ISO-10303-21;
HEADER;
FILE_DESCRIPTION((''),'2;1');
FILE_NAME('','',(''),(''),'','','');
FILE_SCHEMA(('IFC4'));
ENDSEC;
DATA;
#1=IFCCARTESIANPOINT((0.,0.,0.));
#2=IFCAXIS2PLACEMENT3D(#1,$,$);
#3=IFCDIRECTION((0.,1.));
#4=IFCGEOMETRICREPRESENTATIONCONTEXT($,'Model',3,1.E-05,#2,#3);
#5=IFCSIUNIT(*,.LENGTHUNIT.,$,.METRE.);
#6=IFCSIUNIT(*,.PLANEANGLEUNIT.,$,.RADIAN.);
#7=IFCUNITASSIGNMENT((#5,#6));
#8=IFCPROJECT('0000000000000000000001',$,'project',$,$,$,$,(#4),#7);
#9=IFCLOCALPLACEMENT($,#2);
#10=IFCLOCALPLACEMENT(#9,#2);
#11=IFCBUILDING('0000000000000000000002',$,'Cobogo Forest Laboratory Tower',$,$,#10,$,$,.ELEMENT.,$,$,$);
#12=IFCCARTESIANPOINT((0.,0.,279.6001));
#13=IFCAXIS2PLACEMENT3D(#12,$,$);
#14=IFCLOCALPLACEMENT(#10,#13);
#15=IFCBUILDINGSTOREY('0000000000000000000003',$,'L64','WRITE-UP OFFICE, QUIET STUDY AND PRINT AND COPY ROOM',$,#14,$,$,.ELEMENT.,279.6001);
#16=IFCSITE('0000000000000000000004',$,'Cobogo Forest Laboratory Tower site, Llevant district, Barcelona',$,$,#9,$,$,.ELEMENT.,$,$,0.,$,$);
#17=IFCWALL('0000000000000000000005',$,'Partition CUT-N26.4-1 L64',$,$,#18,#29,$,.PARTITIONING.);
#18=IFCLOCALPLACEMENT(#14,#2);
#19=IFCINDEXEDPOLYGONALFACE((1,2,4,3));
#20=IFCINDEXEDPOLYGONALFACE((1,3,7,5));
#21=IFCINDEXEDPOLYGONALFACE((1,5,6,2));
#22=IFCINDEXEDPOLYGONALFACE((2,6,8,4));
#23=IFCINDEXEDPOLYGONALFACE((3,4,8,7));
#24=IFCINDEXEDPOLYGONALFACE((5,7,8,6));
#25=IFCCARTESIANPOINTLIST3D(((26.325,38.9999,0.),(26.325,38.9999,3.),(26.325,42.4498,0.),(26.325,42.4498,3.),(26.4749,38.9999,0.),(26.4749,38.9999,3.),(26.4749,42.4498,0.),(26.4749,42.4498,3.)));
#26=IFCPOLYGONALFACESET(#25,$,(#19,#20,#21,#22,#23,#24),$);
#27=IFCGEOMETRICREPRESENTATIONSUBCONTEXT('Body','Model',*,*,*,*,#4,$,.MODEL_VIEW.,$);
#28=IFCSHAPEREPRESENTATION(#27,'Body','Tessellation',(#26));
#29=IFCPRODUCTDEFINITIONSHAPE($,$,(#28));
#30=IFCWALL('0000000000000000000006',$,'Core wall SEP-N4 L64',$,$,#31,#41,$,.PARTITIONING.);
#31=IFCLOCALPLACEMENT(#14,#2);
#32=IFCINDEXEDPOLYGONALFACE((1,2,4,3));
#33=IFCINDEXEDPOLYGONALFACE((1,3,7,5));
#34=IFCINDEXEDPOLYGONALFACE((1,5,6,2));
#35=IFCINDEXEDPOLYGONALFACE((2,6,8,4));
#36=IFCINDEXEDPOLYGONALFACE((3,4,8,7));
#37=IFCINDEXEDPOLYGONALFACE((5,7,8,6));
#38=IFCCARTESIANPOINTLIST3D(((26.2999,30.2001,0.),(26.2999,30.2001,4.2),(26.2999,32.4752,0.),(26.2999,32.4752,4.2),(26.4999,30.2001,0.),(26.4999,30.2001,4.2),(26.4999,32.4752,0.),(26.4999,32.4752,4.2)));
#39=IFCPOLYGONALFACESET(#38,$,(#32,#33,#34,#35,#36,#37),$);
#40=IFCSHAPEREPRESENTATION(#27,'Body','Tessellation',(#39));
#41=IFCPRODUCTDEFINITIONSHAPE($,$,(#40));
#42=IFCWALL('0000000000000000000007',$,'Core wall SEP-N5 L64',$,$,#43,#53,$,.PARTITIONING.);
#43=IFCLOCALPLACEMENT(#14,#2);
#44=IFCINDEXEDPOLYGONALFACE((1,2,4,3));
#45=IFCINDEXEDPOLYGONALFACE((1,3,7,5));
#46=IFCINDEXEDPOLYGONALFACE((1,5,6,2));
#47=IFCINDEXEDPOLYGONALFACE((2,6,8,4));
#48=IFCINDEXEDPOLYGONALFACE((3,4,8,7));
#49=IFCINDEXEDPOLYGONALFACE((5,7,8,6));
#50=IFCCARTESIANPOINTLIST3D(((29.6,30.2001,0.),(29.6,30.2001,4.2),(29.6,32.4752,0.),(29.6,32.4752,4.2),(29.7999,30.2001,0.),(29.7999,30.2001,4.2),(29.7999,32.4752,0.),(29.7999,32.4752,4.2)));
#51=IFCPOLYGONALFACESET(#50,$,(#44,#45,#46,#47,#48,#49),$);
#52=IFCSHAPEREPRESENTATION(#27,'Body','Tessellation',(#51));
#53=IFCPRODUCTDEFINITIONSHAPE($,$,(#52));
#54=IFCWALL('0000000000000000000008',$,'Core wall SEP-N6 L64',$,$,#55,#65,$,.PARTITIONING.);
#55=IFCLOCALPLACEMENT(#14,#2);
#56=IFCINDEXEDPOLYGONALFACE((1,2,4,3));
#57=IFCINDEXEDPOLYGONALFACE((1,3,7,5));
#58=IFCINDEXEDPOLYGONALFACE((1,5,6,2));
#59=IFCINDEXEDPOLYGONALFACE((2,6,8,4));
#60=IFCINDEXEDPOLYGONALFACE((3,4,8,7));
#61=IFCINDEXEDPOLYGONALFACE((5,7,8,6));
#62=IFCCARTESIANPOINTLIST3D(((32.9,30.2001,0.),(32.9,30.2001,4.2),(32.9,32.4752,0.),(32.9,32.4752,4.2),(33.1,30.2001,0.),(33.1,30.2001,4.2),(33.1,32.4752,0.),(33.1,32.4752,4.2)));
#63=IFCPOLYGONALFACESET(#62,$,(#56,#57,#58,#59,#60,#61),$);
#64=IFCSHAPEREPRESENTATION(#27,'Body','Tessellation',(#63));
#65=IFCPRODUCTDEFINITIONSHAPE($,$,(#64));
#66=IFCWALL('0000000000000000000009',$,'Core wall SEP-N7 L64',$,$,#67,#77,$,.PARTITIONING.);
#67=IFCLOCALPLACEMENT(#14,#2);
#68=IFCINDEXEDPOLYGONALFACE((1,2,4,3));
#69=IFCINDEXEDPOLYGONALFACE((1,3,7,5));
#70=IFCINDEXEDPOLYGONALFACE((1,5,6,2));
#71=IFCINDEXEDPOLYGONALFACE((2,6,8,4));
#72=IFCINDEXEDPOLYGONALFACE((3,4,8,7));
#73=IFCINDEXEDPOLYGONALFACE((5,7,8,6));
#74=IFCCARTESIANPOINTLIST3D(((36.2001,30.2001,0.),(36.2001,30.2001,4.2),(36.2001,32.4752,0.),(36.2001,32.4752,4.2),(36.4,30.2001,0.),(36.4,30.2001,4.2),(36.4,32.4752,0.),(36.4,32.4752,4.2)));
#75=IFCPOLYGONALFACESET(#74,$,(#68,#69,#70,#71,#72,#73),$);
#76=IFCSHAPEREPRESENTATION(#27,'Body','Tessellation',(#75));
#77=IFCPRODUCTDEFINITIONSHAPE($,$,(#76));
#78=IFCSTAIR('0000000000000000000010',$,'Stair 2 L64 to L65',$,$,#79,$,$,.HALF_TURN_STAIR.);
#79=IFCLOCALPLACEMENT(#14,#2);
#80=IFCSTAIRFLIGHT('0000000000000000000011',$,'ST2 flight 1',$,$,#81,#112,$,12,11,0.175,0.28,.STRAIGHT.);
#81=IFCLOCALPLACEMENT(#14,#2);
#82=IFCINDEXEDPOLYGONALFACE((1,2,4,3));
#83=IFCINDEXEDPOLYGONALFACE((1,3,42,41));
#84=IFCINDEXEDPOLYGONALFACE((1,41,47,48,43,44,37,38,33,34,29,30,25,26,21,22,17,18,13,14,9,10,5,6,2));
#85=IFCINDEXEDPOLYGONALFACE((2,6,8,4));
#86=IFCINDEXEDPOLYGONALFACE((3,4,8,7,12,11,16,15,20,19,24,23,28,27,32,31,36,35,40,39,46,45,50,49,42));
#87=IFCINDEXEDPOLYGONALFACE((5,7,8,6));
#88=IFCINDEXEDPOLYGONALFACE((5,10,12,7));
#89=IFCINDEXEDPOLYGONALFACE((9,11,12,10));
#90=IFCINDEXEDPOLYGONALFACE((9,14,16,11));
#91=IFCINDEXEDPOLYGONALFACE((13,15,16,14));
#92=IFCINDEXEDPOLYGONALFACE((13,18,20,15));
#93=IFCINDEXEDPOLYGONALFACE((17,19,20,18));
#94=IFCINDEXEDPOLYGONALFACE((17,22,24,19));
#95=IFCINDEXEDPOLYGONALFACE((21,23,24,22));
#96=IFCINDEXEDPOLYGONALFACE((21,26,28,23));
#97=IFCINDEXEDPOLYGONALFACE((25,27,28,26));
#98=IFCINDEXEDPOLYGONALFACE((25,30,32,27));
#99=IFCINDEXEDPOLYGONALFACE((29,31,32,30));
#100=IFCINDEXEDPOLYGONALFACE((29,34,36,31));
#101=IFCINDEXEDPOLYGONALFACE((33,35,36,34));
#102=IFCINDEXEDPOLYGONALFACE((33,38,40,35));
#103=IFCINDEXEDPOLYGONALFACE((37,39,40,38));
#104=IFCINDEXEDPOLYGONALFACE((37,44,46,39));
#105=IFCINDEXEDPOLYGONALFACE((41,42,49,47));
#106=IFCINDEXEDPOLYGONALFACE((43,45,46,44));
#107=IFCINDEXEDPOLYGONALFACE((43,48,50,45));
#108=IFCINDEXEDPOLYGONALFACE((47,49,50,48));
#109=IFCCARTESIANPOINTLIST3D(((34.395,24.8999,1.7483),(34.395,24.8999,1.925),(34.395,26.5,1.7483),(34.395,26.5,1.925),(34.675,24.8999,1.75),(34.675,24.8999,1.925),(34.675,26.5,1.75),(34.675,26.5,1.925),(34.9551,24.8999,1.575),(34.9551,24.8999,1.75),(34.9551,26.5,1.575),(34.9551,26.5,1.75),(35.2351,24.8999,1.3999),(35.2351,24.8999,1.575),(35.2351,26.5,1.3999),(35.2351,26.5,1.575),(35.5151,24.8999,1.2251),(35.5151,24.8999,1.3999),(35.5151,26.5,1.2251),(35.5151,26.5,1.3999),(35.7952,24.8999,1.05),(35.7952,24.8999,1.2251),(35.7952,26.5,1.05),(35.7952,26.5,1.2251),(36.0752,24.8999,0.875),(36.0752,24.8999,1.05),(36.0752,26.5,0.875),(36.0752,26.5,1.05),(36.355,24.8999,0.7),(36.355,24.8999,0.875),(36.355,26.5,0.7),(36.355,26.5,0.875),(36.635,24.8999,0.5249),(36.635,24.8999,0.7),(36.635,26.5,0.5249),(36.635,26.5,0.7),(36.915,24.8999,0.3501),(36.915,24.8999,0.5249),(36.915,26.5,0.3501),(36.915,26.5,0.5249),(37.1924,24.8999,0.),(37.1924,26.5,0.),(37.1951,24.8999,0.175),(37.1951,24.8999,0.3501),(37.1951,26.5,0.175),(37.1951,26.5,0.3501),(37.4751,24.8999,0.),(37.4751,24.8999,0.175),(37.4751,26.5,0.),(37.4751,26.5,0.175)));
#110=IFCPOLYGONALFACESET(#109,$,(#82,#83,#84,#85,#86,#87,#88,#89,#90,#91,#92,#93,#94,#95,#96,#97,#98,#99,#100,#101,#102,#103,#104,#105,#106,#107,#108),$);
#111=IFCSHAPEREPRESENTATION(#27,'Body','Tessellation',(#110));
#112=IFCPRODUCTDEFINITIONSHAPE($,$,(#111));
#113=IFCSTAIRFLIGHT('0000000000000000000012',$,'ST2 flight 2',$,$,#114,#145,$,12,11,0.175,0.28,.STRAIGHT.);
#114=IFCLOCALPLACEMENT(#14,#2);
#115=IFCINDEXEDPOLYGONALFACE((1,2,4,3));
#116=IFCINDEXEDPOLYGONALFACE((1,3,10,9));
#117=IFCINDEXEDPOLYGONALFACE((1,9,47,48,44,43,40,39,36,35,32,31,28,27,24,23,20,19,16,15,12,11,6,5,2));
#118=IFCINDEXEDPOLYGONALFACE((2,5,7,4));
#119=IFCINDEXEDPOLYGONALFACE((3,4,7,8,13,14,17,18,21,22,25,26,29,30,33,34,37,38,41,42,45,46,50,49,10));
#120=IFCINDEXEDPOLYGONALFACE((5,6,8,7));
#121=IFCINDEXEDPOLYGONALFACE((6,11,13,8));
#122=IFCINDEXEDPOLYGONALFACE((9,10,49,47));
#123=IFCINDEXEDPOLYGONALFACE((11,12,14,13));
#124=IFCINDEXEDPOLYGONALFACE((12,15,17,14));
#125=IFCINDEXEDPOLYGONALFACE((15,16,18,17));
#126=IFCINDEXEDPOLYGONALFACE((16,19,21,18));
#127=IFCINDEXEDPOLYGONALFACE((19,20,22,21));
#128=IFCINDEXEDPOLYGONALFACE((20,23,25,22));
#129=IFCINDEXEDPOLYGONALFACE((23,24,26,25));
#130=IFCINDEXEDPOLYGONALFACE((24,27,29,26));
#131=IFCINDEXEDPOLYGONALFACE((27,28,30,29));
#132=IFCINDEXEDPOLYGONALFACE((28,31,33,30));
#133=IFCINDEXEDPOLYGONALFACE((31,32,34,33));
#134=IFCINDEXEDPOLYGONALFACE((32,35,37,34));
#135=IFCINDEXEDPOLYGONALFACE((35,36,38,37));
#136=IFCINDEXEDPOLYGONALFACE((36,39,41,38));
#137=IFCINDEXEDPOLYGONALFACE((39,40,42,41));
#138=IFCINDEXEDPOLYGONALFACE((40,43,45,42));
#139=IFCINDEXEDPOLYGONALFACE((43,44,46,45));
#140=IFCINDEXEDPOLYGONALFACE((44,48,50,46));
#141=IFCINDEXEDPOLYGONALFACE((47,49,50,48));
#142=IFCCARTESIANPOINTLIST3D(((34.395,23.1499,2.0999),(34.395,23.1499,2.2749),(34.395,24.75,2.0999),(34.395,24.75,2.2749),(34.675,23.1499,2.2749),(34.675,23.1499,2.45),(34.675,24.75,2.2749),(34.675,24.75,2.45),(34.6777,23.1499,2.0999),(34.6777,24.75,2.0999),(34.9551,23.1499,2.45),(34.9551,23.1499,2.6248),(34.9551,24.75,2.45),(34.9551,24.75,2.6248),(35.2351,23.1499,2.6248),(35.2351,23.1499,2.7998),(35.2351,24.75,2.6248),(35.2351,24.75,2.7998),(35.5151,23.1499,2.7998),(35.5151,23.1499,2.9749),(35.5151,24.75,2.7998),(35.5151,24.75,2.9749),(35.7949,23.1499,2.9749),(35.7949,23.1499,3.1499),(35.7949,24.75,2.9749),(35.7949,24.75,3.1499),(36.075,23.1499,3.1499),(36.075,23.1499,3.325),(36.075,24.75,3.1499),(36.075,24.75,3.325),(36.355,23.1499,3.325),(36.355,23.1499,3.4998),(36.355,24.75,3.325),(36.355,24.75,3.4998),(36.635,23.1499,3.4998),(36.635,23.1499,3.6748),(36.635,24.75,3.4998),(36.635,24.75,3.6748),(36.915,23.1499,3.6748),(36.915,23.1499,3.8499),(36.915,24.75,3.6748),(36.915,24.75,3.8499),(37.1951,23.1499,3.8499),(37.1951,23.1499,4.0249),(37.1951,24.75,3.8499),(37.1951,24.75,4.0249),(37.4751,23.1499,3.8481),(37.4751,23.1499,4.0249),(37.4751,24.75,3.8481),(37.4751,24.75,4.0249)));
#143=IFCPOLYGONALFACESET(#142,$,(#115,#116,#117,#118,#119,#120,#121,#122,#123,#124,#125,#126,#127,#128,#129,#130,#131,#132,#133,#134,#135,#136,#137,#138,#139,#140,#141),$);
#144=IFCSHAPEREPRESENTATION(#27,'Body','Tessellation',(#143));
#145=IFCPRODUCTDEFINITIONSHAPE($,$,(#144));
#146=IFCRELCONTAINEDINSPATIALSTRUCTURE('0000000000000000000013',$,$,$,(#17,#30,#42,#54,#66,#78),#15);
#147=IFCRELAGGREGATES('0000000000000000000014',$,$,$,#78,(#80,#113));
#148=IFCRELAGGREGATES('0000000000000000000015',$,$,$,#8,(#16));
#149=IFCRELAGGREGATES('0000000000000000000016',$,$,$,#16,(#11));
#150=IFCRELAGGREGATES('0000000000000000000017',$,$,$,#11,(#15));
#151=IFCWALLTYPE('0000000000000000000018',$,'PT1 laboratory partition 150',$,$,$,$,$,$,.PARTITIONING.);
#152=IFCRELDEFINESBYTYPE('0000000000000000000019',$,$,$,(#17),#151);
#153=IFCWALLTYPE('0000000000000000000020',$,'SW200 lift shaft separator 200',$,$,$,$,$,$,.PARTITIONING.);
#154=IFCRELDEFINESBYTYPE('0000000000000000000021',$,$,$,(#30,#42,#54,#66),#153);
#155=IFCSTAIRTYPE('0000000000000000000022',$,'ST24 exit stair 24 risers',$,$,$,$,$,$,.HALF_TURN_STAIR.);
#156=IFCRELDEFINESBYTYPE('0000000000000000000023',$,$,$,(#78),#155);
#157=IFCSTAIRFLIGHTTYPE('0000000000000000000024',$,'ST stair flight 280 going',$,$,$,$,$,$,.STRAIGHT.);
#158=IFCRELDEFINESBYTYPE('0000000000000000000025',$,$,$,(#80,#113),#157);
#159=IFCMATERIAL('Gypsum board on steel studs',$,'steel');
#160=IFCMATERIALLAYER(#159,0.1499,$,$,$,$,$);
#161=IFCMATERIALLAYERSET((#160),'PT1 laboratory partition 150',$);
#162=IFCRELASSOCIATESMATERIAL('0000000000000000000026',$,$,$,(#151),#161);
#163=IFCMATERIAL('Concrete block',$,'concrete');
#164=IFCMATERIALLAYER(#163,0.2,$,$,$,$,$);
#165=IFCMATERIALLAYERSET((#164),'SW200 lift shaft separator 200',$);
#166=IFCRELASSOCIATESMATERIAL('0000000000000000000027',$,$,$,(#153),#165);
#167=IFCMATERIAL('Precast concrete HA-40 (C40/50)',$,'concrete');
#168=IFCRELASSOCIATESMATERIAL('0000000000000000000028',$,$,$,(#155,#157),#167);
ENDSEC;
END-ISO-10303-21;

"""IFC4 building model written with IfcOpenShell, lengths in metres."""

from ifc_helpers import new_model, si_unit, direction, frame, frame_2d, origin, place, context, subcontext, project, spatial, polyline, rectangle, outline, extrude, material, layer, layer_set, type_object, element, aggregate, save


model = new_model("IFC4")

# Units and contexts
model_context = context("Model", 3, precision=1e-05, world=origin(), true_north=direction((0.0, 1.0)))
body_context = subcontext(model_context, "Body", "Model", "MODEL_VIEW")
ifc_project = project(units=[si_unit("LENGTHUNIT", "METRE"), si_unit("PLANEANGLEUNIT", "RADIAN")], contexts=[model_context])

# Site, building, storey
site_placement = place(None, origin())
site = spatial("IfcSite", under=ifc_project, at=site_placement, Name="Cobogo Forest Laboratory Tower site, Llevant district, Barcelona", CompositionType="ELEMENT", RefElevation=0.0)
building_placement = place(site_placement, origin())
building = spatial("IfcBuilding", under=site, at=building_placement, Name="Cobogo Forest Laboratory Tower", CompositionType="ELEMENT")
storey_placement = place(building_placement, frame((0.0, 0.0, 279.6001)))
storey = spatial("IfcBuildingStorey", under=building, at=storey_placement, Name="L64", Description="WRITE-UP OFFICE, QUIET STUDY AND PRINT AND COPY ROOM", CompositionType="ELEMENT", Elevation=279.6001)

# Walls
ifc_material_1 = material(Name="Gypsum board on steel studs", Category="steel")
ifc_layer_1 = layer(ifc_material_1, 0.1499)
ifc_layer_set_1 = layer_set([ifc_layer_1], Name="PT1 laboratory partition 150")
wall_type_1 = type_object("IfcWallType", Name="PT1 laboratory partition 150", PredefinedType="PARTITIONING", material=ifc_layer_set_1)
wall_1_placement = place(storey_placement, frame((26.3999, 42.45, 0.0), z_axis=(0.0, 0.0, 1.0), x_axis=(0.0, -1.0, 0.0)))
element("IfcWall", 1, at=wall_1_placement, inside=storey, type_object=wall_type_1, Name="Partition CUT-N26.4-1 L64", PredefinedType="PARTITIONING", context=body_context, shape_type="SweptSolid", body=[
    extrude(rectangle(XDim=3.45, YDim=0.1499, at=frame_2d((1.7251, 0.0))), origin(), (0.0, 0.0, 1.0), 3.0),
])
ifc_material_2 = material(Name="Concrete block", Category="concrete")
ifc_layer_2 = layer(ifc_material_2, 0.2)
ifc_layer_set_2 = layer_set([ifc_layer_2], Name="SW200 lift shaft separator 200")
wall_type_2 = type_object("IfcWallType", Name="SW200 lift shaft separator 200", PredefinedType="PARTITIONING", material=ifc_layer_set_2)
for number, where, z_axis, x_axis, name in (
    (2, (26.3999, 30.2, 0.0), (0.0, 0.0, 1.0), (0.0, 1.0, 0.0), "Core wall SEP-N4 L64"),
    (3, (29.7, 30.2, 0.0), (0.0, 0.0, 1.0), (0.0, 1.0, 0.0), "Core wall SEP-N5 L64"),
    (4, (33.0, 30.2, 0.0), (0.0, 0.0, 1.0), (0.0, 1.0, 0.0), "Core wall SEP-N6 L64"),
    (5, (36.3, 30.2, 0.0), (0.0, 0.0, 1.0), (0.0, 1.0, 0.0), "Core wall SEP-N7 L64"),
):
    element("IfcWall", number, at=place(storey_placement, frame(where, z_axis=z_axis, x_axis=x_axis)), inside=storey, type_object=wall_type_2, Name=name, PredefinedType="PARTITIONING", context=body_context, shape_type="SweptSolid", body=[
        extrude(rectangle(XDim=2.2751, YDim=0.2, at=frame_2d((1.1377, 0.0))), origin(), (0.0, 0.0, 1.0), 4.2),
    ])

# Stair, stair flights
ifc_material_3 = material(Name="Precast concrete HA-40 (C40/50)", Category="concrete")
stair_type = type_object("IfcStairType", Name="ST24 exit stair 24 risers", PredefinedType="HALF_TURN_STAIR", material=ifc_material_3)
stair_placement = place(storey_placement, origin())
stair = element("IfcStair", 6, at=stair_placement, inside=storey, type_object=stair_type, Name="Stair 2 L64 to L65", PredefinedType="HALF_TURN_STAIR")
stair_flight_type = type_object("IfcStairFlightType", Name="ST stair flight 280 going", PredefinedType="STRAIGHT", material=ifc_material_3)
stair_flight_1_placement = place(storey_placement, frame((37.4751, 25.7, 0.0), z_axis=(0.0, 0.0, 1.0), x_axis=(-1.0, 0.0, 0.0)))
stair_flight_1 = element("IfcStairFlight", 7, at=stair_flight_1_placement, type_object=stair_flight_type, Name="ST2 flight 1", NumberOfRisers=12, NumberOfTreads=11, PredefinedType="STRAIGHT", RiserHeight=0.175, TreadLength=0.28, context=body_context, shape_type="SweptSolid", body=[
    extrude(outline(polyline([(0.0, 0.0), (0.0, 0.175), (0.28, 0.175), (0.28, 0.3501), (0.5601, 0.3501), (0.5601, 0.5249), (0.8401, 0.5249), (0.8401, 0.7), (1.1201, 0.7), (1.1201, 0.875), (1.3999, 0.875), (1.3999, 1.05), (1.6799, 1.05), (1.6799, 1.2251), (1.96, 1.2251), (1.96, 1.3999), (2.24, 1.3999), (2.24, 1.575), (2.52, 1.575), (2.52, 1.75), (2.8, 1.75), (2.8, 1.925), (3.0801, 1.925), (3.0801, 2.1001), (3.0801, 1.7483), (0.2827, 0.0), (0.0, 0.0)])), frame((0.0, 0.8, 0.0), z_axis=(0.0, -1.0, 0.0), x_axis=(1.0, 0.0, 0.0)), (0.0, 0.0, 1.0), 1.6001),
])
stair_flight_2_placement = place(storey_placement, frame((34.395, 23.95, 2.0999), z_axis=(0.0, 0.0, 1.0), x_axis=(1.0, 0.0, 0.0)))
stair_flight_2 = element("IfcStairFlight", 8, at=stair_flight_2_placement, type_object=stair_flight_type, Name="ST2 flight 2", NumberOfRisers=12, NumberOfTreads=11, PredefinedType="STRAIGHT", RiserHeight=0.175, TreadLength=0.28, context=body_context, shape_type="SweptSolid", body=[
    extrude(outline(polyline([(0.0, 0.0), (0.0, 0.175), (0.28, 0.175), (0.28, 0.3501), (0.5601, 0.3501), (0.5601, 0.5249), (0.8401, 0.5249), (0.8401, 0.7), (1.1201, 0.7), (1.1201, 0.875), (1.3999, 0.875), (1.3999, 1.05), (1.6799, 1.05), (1.6799, 1.2251), (1.96, 1.2251), (1.96, 1.3999), (2.24, 1.3999), (2.24, 1.575), (2.52, 1.575), (2.52, 1.75), (2.8, 1.75), (2.8, 1.925), (3.0801, 1.925), (3.0801, 2.1001), (3.0801, 1.7483), (0.2827, 0.0), (0.0, 0.0)])), frame((0.0, 0.8, 0.0), z_axis=(0.0, -1.0, 0.0), x_axis=(1.0, 0.0, 0.0)), (0.0, 0.0, 1.0), 1.6001),
])
aggregate(stair, [stair_flight_1, stair_flight_2])

save(model, "model.ifc")
